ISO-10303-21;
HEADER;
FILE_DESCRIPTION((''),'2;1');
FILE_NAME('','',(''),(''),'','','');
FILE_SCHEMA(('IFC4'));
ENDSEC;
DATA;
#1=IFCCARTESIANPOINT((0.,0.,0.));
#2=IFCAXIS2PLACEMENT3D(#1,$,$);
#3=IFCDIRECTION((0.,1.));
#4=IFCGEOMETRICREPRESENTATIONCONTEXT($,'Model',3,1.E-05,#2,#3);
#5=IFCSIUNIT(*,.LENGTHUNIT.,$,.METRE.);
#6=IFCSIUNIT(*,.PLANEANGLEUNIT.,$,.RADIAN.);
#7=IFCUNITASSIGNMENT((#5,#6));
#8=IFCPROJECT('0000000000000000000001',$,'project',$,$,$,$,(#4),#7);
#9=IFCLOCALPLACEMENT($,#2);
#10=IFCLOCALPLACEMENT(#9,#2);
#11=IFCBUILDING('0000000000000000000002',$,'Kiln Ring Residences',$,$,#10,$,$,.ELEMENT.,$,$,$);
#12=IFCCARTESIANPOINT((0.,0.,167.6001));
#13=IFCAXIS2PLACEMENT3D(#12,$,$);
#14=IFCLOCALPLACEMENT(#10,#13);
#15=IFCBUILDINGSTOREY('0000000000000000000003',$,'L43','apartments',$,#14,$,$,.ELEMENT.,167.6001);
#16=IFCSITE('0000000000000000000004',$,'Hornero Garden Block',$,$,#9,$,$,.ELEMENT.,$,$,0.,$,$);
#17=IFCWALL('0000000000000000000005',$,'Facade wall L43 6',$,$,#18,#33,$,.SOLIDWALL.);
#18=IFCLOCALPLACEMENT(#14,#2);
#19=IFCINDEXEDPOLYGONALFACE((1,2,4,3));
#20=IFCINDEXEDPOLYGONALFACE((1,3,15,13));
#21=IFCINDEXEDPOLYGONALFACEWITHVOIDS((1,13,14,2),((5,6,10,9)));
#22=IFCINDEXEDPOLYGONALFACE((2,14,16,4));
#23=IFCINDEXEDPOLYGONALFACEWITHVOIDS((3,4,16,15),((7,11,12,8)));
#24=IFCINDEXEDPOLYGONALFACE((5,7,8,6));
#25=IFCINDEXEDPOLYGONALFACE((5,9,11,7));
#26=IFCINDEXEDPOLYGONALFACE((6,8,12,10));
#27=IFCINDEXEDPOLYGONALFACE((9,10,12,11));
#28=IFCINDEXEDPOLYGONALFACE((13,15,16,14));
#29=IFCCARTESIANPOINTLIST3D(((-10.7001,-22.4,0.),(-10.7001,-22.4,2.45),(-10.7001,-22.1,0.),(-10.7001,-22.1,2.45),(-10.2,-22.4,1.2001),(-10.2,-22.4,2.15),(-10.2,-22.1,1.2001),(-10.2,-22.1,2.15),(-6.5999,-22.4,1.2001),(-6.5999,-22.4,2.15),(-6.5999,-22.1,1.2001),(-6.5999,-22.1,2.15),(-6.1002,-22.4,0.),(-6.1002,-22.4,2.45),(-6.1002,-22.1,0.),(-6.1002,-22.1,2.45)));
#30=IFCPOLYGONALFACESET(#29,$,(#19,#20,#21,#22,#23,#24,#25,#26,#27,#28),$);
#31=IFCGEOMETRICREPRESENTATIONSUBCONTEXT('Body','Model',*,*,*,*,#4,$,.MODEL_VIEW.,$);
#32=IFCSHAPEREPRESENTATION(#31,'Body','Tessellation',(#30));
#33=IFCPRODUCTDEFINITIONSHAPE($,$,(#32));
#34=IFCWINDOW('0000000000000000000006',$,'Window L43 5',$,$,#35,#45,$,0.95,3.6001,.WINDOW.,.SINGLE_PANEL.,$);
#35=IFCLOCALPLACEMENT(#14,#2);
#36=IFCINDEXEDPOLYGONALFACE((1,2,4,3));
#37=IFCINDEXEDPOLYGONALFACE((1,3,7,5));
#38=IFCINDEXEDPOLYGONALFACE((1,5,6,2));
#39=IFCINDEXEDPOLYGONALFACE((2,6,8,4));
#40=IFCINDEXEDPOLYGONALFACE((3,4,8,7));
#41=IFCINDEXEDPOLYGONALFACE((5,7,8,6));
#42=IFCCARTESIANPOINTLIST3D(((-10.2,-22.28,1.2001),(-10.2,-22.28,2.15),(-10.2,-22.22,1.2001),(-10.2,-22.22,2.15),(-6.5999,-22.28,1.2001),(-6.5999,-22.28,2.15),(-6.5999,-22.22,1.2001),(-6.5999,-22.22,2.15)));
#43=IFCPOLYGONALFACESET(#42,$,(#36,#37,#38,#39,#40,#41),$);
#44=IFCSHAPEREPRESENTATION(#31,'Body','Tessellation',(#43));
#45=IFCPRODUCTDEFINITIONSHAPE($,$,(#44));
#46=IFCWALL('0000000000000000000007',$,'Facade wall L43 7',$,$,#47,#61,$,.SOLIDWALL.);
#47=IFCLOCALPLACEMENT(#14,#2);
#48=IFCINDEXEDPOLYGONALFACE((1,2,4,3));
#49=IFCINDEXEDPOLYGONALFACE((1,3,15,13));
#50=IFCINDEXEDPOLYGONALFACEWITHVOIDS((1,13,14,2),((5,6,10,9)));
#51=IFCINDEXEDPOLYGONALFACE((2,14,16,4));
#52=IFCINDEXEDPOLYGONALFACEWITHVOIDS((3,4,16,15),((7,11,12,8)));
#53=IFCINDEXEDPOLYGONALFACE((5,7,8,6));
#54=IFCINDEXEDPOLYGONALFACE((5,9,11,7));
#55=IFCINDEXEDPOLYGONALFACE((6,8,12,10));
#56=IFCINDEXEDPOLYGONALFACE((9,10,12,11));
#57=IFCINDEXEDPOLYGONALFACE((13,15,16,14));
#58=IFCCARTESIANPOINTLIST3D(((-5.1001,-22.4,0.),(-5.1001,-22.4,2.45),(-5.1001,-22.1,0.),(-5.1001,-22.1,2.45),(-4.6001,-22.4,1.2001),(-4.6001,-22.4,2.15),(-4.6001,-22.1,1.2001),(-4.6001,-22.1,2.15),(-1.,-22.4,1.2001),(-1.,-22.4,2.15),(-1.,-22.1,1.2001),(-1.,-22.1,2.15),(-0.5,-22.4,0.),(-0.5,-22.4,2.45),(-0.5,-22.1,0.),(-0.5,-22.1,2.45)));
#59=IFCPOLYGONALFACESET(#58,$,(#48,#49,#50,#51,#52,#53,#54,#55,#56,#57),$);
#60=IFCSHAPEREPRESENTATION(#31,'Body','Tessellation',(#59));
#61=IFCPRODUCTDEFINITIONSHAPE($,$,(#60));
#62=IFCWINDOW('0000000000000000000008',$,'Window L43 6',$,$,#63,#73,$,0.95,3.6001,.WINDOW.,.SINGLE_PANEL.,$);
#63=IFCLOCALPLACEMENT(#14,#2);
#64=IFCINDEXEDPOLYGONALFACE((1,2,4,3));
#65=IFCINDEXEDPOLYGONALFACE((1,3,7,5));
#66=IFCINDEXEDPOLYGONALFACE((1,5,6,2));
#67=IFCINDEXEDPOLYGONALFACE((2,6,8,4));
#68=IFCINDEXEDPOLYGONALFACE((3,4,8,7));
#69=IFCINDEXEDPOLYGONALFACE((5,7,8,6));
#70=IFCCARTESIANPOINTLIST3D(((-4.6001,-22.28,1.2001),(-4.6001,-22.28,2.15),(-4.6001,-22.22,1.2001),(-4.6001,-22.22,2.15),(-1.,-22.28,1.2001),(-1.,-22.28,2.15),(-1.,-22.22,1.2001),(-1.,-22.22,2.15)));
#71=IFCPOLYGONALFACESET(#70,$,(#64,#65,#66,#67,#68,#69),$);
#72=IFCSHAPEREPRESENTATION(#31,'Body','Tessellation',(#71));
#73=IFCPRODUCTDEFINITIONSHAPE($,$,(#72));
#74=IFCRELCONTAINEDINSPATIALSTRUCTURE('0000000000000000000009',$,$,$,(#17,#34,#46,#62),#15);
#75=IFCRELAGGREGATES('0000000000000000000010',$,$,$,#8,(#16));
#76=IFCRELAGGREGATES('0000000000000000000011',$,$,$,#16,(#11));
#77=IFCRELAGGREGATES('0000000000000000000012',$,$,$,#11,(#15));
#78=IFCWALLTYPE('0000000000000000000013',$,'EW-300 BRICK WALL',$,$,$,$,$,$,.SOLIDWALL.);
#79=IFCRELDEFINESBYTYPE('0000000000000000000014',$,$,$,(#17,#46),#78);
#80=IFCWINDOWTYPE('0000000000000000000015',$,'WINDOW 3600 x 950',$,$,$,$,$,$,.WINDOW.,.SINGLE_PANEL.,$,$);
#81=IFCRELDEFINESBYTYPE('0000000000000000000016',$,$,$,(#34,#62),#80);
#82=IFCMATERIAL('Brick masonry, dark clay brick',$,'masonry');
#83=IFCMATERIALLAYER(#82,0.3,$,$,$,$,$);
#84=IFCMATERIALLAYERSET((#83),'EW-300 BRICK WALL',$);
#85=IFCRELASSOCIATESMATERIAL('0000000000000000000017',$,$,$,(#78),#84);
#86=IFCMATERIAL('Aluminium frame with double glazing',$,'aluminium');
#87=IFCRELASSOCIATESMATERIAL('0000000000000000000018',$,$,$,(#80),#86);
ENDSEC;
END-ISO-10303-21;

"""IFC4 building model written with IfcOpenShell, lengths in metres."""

from ifc_helpers import new_model, si_unit, direction, frame, frame_2d, origin, place, context, subcontext, project, spatial, rectangle, extrude, material, layer, layer_set, type_object, element, fill, save


model = new_model("IFC4")

# Units and contexts
model_context = context("Model", 3, precision=1e-05, world=origin(), true_north=direction((0.0, 1.0)))
body_context = subcontext(model_context, "Body", "Model", "MODEL_VIEW")
ifc_project = project(units=[si_unit("LENGTHUNIT", "METRE"), si_unit("PLANEANGLEUNIT", "RADIAN")], contexts=[model_context])

# Site, building, storey
site_placement = place(None, origin())
site = spatial("IfcSite", under=ifc_project, at=site_placement, Name="Hornero Garden Block", CompositionType="ELEMENT", RefElevation=0.0)
building_placement = place(site_placement, origin())
building = spatial("IfcBuilding", under=site, at=building_placement, Name="Kiln Ring Residences", CompositionType="ELEMENT")
storey_placement = place(building_placement, frame((0.0, 0.0, 167.6001)))
storey = spatial("IfcBuildingStorey", under=building, at=storey_placement, Name="L43", Description="apartments", CompositionType="ELEMENT", Elevation=167.6001)

# Walls, openings, windows
ifc_material_1 = material(Name="Brick masonry, dark clay brick", Category="masonry")
ifc_layer_1 = layer(ifc_material_1, 0.3)
ifc_layer_set_1 = layer_set([ifc_layer_1], Name="EW-300 BRICK WALL")
wall_type_1 = type_object("IfcWallType", Name="EW-300 BRICK WALL", PredefinedType="SOLIDWALL", material=ifc_layer_set_1)
ifc_material_2 = material(Name="Aluminium frame with double glazing", Category="aluminium")
window_type = type_object("IfcWindowType", Name="WINDOW 3600 x 950", PartitioningType="SINGLE_PANEL", PredefinedType="WINDOW", material=ifc_material_2)
wall_1_placement = place(storey_placement, frame((-10.7, -22.25, 0.0), z_axis=(0.0, 0.0, 1.0), x_axis=(1.0, 0.0, 0.0)))
wall_1 = element("IfcWall", 1, at=wall_1_placement, inside=storey, type_object=wall_type_1, Name="Facade wall L43 6", PredefinedType="SOLIDWALL", context=body_context, shape_type="SweptSolid", body=[
    extrude(rectangle(XDim=4.5999, YDim=0.3, at=frame_2d((2.2998, 0.0))), origin(), (0.0, 0.0, 1.0), 2.45),
])
opening_1_placement = place(wall_1_placement, frame((0.5, 0.0, 1.2)))
opening_1 = element("IfcOpeningElement", 2, at=opening_1_placement, cuts=wall_1, PredefinedType="OPENING", context=body_context, shape_type="SweptSolid", body=[
    extrude(rectangle(XDim=3.6001, YDim=0.95, at=frame_2d((1.8, 0.4751))), frame((0.0, 0.1599, 0.0), z_axis=(0.0, -1.0, 0.0), x_axis=(1.0, 0.0, 0.0)), (0.0, 0.0, 1.0), 0.3201),
])
window_1_placement = place(opening_1_placement, origin())
window_1 = element("IfcWindow", 3, at=window_1_placement, inside=storey, type_object=window_type, Name="Window L43 5", OverallHeight=0.95, OverallWidth=3.6001, PartitioningType="SINGLE_PANEL", PredefinedType="WINDOW", context=body_context, shape_type="SweptSolid", body=[
    extrude(rectangle(XDim=3.6001, YDim=0.95, at=frame_2d((1.8, 0.4751))), frame((0.0, 0.03, 0.0), z_axis=(0.0, -1.0, 0.0), x_axis=(1.0, 0.0, 0.0)), (0.0, 0.0, 1.0), 0.0601),
])
fill(opening_1, window_1)
wall_2_placement = place(storey_placement, frame((-5.1001, -22.25, 0.0), z_axis=(0.0, 0.0, 1.0), x_axis=(1.0, 0.0, 0.0)))
wall_2 = element("IfcWall", 4, at=wall_2_placement, inside=storey, type_object=wall_type_1, Name="Facade wall L43 7", PredefinedType="SOLIDWALL", context=body_context, shape_type="SweptSolid", body=[
    extrude(rectangle(XDim=4.6001, YDim=0.3, at=frame_2d((2.3, 0.0))), origin(), (0.0, 0.0, 1.0), 2.45),
])
opening_2_placement = place(wall_2_placement, frame((0.5, 0.0, 1.2)))
opening_2 = element("IfcOpeningElement", 5, at=opening_2_placement, cuts=wall_2, PredefinedType="OPENING", context=body_context, shape_type="SweptSolid", body=[
    extrude(rectangle(XDim=3.6001, YDim=0.95, at=frame_2d((1.8, 0.4751))), frame((0.0, 0.1599, 0.0), z_axis=(0.0, -1.0, 0.0), x_axis=(1.0, 0.0, 0.0)), (0.0, 0.0, 1.0), 0.3201),
])
window_2_placement = place(opening_2_placement, origin())
window_2 = element("IfcWindow", 6, at=window_2_placement, inside=storey, type_object=window_type, Name="Window L43 6", OverallHeight=0.95, OverallWidth=3.6001, PartitioningType="SINGLE_PANEL", PredefinedType="WINDOW", context=body_context, shape_type="SweptSolid", body=[
    extrude(rectangle(XDim=3.6001, YDim=0.95, at=frame_2d((1.8, 0.4751))), frame((0.0, 0.03, 0.0), z_axis=(0.0, -1.0, 0.0), x_axis=(1.0, 0.0, 0.0)), (0.0, 0.0, 1.0), 0.0601),
])
fill(opening_2, window_2)

save(model, "model.ifc")
